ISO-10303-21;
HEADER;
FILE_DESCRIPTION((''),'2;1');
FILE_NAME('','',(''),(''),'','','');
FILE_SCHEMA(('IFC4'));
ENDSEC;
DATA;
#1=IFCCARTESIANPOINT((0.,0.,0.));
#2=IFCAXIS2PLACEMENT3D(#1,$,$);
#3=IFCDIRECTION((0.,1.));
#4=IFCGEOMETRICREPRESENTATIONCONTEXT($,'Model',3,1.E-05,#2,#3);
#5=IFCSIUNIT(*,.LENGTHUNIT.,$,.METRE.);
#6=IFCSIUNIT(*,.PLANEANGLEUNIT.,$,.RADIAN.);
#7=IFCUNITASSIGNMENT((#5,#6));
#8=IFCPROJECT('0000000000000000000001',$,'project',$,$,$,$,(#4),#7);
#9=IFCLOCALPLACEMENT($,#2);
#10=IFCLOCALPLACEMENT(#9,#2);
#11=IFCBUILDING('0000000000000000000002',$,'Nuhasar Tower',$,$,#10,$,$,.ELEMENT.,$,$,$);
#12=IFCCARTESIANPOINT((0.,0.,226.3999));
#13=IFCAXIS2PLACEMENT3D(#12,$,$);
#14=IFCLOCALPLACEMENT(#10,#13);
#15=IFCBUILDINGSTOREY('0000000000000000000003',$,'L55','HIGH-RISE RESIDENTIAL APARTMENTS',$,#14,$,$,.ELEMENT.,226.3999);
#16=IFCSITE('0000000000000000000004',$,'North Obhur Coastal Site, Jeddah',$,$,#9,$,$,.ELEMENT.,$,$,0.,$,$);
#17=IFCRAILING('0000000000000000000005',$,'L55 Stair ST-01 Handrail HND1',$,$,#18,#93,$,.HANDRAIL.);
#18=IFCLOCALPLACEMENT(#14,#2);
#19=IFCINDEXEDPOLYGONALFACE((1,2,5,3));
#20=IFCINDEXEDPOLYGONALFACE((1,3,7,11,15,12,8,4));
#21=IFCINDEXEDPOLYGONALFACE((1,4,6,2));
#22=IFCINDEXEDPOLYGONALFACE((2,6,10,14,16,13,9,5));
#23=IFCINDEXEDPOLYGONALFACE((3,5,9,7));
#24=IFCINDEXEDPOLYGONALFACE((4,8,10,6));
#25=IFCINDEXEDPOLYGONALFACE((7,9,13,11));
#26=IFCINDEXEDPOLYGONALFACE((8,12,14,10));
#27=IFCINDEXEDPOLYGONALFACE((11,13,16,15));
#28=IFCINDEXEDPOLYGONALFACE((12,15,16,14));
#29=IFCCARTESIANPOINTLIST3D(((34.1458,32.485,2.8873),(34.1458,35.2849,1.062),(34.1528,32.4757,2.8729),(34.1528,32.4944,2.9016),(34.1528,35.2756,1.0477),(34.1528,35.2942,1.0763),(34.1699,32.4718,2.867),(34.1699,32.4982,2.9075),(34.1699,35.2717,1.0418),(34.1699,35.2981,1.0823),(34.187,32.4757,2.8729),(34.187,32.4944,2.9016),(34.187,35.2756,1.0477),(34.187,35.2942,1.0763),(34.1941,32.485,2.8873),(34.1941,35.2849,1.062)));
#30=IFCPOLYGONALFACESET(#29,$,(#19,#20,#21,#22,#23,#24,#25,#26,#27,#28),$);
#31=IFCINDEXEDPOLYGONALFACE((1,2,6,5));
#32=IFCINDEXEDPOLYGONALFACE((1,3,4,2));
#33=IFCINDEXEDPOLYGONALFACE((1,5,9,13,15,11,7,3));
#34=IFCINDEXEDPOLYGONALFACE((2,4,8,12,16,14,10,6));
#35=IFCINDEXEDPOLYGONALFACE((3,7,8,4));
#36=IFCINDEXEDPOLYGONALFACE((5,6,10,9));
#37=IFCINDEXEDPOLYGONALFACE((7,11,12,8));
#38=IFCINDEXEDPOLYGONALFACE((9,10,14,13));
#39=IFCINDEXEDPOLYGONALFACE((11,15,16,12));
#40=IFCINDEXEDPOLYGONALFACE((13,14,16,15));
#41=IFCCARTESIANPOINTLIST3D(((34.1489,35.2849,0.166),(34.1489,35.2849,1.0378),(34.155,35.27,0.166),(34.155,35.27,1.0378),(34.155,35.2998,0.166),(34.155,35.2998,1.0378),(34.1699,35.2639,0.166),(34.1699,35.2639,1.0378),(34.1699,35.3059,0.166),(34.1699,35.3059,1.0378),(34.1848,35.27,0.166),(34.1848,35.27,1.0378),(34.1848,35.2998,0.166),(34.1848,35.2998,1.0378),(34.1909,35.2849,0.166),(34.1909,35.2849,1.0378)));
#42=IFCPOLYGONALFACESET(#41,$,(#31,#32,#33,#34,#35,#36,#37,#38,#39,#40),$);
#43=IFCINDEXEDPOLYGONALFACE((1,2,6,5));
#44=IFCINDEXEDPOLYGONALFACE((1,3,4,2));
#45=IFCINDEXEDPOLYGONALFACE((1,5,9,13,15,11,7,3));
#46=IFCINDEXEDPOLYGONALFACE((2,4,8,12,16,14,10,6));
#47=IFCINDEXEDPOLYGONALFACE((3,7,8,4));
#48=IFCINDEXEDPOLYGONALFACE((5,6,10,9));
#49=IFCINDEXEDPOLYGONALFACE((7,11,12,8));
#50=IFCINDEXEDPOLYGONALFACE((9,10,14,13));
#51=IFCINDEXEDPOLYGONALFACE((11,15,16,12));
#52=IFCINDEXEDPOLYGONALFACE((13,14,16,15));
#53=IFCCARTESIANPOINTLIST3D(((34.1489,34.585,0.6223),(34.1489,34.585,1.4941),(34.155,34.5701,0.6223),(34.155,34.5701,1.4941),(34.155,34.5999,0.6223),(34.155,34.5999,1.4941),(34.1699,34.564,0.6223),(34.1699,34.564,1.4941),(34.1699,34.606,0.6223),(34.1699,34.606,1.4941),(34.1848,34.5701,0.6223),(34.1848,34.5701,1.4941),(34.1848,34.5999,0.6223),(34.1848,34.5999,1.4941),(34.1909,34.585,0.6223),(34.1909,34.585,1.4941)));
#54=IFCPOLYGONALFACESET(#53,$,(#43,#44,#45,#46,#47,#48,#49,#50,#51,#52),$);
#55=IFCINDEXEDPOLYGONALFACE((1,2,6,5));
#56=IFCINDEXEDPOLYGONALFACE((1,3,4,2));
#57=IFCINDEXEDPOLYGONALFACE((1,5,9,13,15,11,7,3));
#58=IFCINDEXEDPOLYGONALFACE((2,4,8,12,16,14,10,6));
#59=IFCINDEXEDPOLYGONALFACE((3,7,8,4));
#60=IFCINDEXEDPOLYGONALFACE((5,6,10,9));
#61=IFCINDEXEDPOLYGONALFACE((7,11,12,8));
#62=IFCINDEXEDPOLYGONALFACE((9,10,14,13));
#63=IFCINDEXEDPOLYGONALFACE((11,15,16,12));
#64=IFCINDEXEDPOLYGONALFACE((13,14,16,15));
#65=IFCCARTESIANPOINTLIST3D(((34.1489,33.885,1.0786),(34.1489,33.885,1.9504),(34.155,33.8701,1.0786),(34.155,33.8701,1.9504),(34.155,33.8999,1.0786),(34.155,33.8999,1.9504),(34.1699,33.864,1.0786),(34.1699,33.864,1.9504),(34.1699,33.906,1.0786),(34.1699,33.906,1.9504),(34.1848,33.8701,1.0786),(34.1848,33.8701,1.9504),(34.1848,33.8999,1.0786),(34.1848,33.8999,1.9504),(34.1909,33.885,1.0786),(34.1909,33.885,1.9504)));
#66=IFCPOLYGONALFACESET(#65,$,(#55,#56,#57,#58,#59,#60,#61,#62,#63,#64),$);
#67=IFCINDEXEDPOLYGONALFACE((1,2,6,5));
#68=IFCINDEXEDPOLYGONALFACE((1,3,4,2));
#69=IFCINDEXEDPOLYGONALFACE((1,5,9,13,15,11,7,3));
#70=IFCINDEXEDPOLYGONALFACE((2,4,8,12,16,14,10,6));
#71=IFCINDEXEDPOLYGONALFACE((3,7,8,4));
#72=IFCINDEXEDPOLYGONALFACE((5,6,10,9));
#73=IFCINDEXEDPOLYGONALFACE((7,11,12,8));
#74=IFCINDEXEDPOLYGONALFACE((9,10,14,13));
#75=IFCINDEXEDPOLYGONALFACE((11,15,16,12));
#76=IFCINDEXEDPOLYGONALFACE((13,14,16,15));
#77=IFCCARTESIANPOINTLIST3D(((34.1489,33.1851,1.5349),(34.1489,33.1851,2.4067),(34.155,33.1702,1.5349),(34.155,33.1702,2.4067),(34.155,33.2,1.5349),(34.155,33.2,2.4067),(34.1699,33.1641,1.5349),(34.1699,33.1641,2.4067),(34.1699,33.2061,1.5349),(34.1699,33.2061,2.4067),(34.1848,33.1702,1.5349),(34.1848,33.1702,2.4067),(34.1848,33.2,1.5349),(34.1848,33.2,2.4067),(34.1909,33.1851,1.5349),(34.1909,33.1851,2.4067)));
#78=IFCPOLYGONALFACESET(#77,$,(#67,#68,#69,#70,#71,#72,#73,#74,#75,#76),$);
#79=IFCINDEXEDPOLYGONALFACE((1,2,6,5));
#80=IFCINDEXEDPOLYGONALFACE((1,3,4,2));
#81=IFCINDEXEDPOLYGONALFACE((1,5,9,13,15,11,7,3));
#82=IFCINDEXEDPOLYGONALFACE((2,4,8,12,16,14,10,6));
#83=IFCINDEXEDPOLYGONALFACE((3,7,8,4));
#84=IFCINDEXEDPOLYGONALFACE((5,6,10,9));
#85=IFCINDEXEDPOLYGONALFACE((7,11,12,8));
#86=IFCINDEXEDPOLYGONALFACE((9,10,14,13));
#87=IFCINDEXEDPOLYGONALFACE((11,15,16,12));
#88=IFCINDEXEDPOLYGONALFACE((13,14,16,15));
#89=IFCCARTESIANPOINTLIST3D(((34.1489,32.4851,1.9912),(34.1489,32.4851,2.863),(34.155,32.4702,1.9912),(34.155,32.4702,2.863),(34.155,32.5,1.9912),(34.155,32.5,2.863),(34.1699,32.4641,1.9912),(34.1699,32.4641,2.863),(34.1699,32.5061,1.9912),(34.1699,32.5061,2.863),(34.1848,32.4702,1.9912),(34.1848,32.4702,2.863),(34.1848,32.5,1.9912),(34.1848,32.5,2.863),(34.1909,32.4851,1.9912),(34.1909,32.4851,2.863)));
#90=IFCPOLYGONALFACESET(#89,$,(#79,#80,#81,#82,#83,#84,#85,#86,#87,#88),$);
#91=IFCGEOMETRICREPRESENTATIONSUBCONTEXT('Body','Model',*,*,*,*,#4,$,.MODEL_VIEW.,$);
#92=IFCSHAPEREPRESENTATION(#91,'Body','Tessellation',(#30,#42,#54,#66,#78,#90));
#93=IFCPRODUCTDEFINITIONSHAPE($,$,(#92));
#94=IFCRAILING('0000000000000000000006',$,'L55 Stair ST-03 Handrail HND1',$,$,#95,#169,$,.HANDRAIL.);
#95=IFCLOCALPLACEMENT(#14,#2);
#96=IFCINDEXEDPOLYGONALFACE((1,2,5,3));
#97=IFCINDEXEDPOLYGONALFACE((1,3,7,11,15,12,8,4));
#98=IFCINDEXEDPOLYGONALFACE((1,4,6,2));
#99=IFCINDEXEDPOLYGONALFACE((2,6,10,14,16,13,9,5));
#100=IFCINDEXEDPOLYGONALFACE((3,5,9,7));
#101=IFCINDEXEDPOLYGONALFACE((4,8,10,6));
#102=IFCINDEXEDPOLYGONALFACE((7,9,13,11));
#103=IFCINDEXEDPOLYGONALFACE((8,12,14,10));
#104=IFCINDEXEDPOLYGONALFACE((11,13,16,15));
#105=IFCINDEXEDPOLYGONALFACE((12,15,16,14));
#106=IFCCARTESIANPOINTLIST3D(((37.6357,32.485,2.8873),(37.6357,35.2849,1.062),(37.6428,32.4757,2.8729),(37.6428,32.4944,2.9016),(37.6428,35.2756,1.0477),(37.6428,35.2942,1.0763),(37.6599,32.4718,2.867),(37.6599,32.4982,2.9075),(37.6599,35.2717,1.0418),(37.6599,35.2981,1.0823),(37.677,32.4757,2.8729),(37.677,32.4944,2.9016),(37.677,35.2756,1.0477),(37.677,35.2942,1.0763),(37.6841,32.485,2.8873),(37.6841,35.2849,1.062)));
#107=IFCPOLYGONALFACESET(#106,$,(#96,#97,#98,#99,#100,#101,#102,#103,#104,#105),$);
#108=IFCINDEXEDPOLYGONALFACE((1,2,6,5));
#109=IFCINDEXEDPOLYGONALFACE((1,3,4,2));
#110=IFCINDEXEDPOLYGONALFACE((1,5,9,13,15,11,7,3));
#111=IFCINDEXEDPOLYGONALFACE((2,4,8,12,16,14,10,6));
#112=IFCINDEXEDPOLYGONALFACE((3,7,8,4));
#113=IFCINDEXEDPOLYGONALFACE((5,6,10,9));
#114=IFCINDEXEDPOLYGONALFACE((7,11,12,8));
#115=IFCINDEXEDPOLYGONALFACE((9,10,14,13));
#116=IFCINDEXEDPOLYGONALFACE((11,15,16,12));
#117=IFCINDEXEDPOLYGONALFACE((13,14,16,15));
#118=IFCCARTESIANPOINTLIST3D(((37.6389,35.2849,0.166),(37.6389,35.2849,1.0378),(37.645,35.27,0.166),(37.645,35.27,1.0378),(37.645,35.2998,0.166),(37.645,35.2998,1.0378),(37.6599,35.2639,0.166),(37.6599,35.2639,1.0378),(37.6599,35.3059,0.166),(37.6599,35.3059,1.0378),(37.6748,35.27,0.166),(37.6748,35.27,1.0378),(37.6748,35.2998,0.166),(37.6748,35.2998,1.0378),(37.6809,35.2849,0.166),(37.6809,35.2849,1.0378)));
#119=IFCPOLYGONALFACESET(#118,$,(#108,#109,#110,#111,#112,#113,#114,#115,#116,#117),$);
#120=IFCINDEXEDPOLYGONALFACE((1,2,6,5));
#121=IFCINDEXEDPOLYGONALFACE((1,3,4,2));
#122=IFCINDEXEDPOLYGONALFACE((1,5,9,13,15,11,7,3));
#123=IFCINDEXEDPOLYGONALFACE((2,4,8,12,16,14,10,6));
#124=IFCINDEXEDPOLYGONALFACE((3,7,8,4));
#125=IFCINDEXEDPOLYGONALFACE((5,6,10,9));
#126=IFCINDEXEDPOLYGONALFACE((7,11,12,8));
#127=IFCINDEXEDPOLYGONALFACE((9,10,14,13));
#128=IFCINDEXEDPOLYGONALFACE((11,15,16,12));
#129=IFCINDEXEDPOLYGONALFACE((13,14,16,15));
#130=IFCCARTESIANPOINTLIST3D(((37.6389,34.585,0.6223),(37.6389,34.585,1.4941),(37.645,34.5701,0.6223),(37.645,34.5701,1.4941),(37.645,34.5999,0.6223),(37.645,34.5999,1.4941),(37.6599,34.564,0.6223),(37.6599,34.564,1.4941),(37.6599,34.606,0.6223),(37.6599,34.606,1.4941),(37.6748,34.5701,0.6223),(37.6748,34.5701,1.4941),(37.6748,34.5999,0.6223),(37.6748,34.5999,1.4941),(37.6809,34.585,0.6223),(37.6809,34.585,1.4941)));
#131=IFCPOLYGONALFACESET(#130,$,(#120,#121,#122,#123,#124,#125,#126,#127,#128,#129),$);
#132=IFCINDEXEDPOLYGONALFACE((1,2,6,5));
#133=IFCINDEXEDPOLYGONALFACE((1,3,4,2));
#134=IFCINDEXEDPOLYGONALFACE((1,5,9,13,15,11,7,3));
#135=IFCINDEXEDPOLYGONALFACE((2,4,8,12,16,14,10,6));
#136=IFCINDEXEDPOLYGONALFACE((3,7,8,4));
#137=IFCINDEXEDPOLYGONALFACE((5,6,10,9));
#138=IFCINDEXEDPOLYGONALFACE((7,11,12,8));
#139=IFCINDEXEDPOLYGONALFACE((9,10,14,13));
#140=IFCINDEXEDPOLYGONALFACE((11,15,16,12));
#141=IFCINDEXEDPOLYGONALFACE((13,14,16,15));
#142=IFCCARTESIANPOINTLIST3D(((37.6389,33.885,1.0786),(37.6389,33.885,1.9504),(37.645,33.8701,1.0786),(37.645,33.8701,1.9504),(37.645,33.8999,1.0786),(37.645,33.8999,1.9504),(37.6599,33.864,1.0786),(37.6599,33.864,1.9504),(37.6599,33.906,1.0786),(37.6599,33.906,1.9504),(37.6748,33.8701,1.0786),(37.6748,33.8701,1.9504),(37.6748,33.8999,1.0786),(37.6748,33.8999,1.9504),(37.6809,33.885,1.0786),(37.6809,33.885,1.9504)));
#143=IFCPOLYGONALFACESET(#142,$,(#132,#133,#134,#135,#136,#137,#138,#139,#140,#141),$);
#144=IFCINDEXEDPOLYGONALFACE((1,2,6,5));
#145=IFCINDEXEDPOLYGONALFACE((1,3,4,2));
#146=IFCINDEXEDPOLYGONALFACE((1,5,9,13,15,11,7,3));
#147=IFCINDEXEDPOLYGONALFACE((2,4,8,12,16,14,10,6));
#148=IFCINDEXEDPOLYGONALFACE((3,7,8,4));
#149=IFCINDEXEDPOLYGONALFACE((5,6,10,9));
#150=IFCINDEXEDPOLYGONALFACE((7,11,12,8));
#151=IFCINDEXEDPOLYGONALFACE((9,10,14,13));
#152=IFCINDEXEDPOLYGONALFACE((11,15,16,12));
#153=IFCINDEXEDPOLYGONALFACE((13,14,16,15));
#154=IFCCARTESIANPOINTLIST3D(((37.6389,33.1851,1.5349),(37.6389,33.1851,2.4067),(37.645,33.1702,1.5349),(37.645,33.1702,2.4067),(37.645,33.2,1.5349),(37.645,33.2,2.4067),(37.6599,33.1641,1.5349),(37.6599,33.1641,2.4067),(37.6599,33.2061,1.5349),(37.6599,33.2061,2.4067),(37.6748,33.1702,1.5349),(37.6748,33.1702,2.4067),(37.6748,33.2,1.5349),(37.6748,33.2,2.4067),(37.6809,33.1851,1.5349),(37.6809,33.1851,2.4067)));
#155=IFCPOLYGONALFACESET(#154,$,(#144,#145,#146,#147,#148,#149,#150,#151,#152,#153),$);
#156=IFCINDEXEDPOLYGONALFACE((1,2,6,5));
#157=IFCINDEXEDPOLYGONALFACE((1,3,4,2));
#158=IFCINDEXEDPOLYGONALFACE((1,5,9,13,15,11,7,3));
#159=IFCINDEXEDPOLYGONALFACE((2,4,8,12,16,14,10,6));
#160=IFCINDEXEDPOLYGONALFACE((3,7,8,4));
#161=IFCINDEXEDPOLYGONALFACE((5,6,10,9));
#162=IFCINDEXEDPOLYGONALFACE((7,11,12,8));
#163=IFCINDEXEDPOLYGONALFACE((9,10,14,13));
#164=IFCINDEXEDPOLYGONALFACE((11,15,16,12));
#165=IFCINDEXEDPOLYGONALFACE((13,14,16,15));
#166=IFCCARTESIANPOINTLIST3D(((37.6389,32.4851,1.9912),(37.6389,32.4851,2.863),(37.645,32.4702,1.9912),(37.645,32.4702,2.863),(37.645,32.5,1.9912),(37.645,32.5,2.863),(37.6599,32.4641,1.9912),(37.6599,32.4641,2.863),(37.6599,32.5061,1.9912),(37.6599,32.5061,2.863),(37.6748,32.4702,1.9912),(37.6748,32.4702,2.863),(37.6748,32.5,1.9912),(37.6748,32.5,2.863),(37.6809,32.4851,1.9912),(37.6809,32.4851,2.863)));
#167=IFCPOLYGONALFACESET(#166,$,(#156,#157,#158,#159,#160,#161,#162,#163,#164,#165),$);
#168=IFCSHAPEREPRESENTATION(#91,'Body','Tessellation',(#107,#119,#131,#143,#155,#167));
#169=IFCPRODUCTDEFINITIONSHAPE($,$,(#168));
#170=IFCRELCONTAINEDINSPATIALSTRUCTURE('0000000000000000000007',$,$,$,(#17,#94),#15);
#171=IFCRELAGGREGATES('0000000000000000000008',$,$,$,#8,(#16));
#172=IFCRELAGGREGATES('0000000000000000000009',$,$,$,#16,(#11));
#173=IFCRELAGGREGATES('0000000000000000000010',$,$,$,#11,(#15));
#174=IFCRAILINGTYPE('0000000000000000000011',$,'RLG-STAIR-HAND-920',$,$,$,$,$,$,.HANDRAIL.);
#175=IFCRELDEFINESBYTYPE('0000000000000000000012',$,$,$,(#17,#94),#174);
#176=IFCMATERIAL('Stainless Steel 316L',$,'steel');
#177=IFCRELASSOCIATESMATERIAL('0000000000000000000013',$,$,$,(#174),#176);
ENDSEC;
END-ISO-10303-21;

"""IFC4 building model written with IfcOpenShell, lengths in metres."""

from ifc_helpers import new_model, si_unit, direction, frame, origin, place, context, subcontext, project, spatial, polyline, outline, extrude, material, type_object, element, save


model = new_model("IFC4")

# Units and contexts
model_context = context("Model", 3, precision=1e-05, world=origin(), true_north=direction((0.0, 1.0)))
body_context = subcontext(model_context, "Body", "Model", "MODEL_VIEW")
ifc_project = project(units=[si_unit("LENGTHUNIT", "METRE"), si_unit("PLANEANGLEUNIT", "RADIAN")], contexts=[model_context])

# Site, building, storey
site_placement = place(None, origin())
site = spatial("IfcSite", under=ifc_project, at=site_placement, Name="North Obhur Coastal Site, Jeddah", CompositionType="ELEMENT", RefElevation=0.0)
building_placement = place(site_placement, origin())
building = spatial("IfcBuilding", under=site, at=building_placement, Name="Nuhasar Tower", CompositionType="ELEMENT")
storey_placement = place(building_placement, frame((0.0, 0.0, 226.3999)))
storey = spatial("IfcBuildingStorey", under=building, at=storey_placement, Name="L55", Description="HIGH-RISE RESIDENTIAL APARTMENTS", CompositionType="ELEMENT", Elevation=226.3999)

# Railings
ifc_material_1 = material(Name="Stainless Steel 316L", Category="steel")
railing_type_1 = type_object("IfcRailingType", Name="RLG-STAIR-HAND-920", PredefinedType="HANDRAIL", material=ifc_material_1)
railing_1_placement = place(storey_placement, frame((34.1699, 35.2849, 0.166)))
element("IfcRailing", 1, at=railing_1_placement, inside=storey, type_object=railing_type_1, Name="L55 Stair ST-01 Handrail HND1", PredefinedType="HANDRAIL", context=body_context, shape_type="SweptSolid", body=[
    extrude(outline(polyline([(0.0242, 0.0), (0.0171, 0.0171), (0.0, 0.0242), (-0.0171, 0.0171), (-0.0242, 0.0), (-0.0171, -0.0171), (0.0, -0.0242), (0.0171, -0.0171), (0.0242, 0.0)])), frame((0.0, 0.0, 0.896), z_axis=(0.0, -0.837715, 0.546107), x_axis=(1.0, 0.0, 0.0)), (0.0, 0.0, 1.0), 3.3423),
    extrude(outline(polyline([(0.021, 0.0), (0.0149, 0.0149), (0.0, 0.021), (-0.0149, 0.0149), (-0.021, 0.0), (-0.0149, -0.0149), (0.0, -0.021), (0.0149, -0.0149), (0.021, 0.0)])), origin(), (0.0, 0.0, 1.0), 0.8718),
    extrude(outline(polyline([(0.021, 0.0), (0.0149, 0.0149), (0.0, 0.021), (-0.0149, 0.0149), (-0.021, 0.0), (-0.0149, -0.0149), (0.0, -0.021), (0.0149, -0.0149), (0.021, 0.0)])), frame((0.0, -0.7, 0.4563)), (0.0, 0.0, 1.0), 0.8718),
    extrude(outline(polyline([(0.021, 0.0), (0.0149, 0.0149), (0.0, 0.021), (-0.0149, 0.0149), (-0.021, 0.0), (-0.0149, -0.0149), (0.0, -0.021), (0.0149, -0.0149), (0.021, 0.0)])), frame((0.0, -1.3999, 0.9126)), (0.0, 0.0, 1.0), 0.8718),
    extrude(outline(polyline([(0.021, 0.0), (0.0149, 0.0149), (0.0, 0.021), (-0.0149, 0.0149), (-0.021, 0.0), (-0.0149, -0.0149), (0.0, -0.021), (0.0149, -0.0149), (0.021, 0.0)])), frame((0.0, -2.0999, 1.3689)), (0.0, 0.0, 1.0), 0.8718),
    extrude(outline(polyline([(0.021, 0.0), (0.0149, 0.0149), (0.0, 0.021), (-0.0149, 0.0149), (-0.021, 0.0), (-0.0149, -0.0149), (0.0, -0.021), (0.0149, -0.0149), (0.021, 0.0)])), frame((0.0, -2.7998, 1.8252)), (0.0, 0.0, 1.0), 0.8718),
])
railing_2_placement = place(storey_placement, frame((37.6599, 35.2849, 0.166)))
element("IfcRailing", 2, at=railing_2_placement, inside=storey, type_object=railing_type_1, Name="L55 Stair ST-03 Handrail HND1", PredefinedType="HANDRAIL", context=body_context, shape_type="SweptSolid", body=[
    extrude(outline(polyline([(0.0242, 0.0), (0.0171, 0.0171), (0.0, 0.0242), (-0.0171, 0.0171), (-0.0242, 0.0), (-0.0171, -0.0171), (0.0, -0.0242), (0.0171, -0.0171), (0.0242, 0.0)])), frame((0.0, 0.0, 0.896), z_axis=(0.0, -0.837715, 0.546107), x_axis=(1.0, 0.0, 0.0)), (0.0, 0.0, 1.0), 3.3423),
    extrude(outline(polyline([(0.021, 0.0), (0.0149, 0.0149), (0.0, 0.021), (-0.0149, 0.0149), (-0.021, 0.0), (-0.0149, -0.0149), (0.0, -0.021), (0.0149, -0.0149), (0.021, 0.0)])), origin(), (0.0, 0.0, 1.0), 0.8718),
    extrude(outline(polyline([(0.021, 0.0), (0.0149, 0.0149), (0.0, 0.021), (-0.0149, 0.0149), (-0.021, 0.0), (-0.0149, -0.0149), (0.0, -0.021), (0.0149, -0.0149), (0.021, 0.0)])), frame((0.0, -0.7, 0.4563)), (0.0, 0.0, 1.0), 0.8718),
    extrude(outline(polyline([(0.021, 0.0), (0.0149, 0.0149), (0.0, 0.021), (-0.0149, 0.0149), (-0.021, 0.0), (-0.0149, -0.0149), (0.0, -0.021), (0.0149, -0.0149), (0.021, 0.0)])), frame((0.0, -1.3999, 0.9126)), (0.0, 0.0, 1.0), 0.8718),
    extrude(outline(polyline([(0.021, 0.0), (0.0149, 0.0149), (0.0, 0.021), (-0.0149, 0.0149), (-0.021, 0.0), (-0.0149, -0.0149), (0.0, -0.021), (0.0149, -0.0149), (0.021, 0.0)])), frame((0.0, -2.0999, 1.3689)), (0.0, 0.0, 1.0), 0.8718),
    extrude(outline(polyline([(0.021, 0.0), (0.0149, 0.0149), (0.0, 0.021), (-0.0149, 0.0149), (-0.021, 0.0), (-0.0149, -0.0149), (0.0, -0.021), (0.0149, -0.0149), (0.021, 0.0)])), frame((0.0, -2.7998, 1.8252)), (0.0, 0.0, 1.0), 0.8718),
])

save(model, "model.ifc")
